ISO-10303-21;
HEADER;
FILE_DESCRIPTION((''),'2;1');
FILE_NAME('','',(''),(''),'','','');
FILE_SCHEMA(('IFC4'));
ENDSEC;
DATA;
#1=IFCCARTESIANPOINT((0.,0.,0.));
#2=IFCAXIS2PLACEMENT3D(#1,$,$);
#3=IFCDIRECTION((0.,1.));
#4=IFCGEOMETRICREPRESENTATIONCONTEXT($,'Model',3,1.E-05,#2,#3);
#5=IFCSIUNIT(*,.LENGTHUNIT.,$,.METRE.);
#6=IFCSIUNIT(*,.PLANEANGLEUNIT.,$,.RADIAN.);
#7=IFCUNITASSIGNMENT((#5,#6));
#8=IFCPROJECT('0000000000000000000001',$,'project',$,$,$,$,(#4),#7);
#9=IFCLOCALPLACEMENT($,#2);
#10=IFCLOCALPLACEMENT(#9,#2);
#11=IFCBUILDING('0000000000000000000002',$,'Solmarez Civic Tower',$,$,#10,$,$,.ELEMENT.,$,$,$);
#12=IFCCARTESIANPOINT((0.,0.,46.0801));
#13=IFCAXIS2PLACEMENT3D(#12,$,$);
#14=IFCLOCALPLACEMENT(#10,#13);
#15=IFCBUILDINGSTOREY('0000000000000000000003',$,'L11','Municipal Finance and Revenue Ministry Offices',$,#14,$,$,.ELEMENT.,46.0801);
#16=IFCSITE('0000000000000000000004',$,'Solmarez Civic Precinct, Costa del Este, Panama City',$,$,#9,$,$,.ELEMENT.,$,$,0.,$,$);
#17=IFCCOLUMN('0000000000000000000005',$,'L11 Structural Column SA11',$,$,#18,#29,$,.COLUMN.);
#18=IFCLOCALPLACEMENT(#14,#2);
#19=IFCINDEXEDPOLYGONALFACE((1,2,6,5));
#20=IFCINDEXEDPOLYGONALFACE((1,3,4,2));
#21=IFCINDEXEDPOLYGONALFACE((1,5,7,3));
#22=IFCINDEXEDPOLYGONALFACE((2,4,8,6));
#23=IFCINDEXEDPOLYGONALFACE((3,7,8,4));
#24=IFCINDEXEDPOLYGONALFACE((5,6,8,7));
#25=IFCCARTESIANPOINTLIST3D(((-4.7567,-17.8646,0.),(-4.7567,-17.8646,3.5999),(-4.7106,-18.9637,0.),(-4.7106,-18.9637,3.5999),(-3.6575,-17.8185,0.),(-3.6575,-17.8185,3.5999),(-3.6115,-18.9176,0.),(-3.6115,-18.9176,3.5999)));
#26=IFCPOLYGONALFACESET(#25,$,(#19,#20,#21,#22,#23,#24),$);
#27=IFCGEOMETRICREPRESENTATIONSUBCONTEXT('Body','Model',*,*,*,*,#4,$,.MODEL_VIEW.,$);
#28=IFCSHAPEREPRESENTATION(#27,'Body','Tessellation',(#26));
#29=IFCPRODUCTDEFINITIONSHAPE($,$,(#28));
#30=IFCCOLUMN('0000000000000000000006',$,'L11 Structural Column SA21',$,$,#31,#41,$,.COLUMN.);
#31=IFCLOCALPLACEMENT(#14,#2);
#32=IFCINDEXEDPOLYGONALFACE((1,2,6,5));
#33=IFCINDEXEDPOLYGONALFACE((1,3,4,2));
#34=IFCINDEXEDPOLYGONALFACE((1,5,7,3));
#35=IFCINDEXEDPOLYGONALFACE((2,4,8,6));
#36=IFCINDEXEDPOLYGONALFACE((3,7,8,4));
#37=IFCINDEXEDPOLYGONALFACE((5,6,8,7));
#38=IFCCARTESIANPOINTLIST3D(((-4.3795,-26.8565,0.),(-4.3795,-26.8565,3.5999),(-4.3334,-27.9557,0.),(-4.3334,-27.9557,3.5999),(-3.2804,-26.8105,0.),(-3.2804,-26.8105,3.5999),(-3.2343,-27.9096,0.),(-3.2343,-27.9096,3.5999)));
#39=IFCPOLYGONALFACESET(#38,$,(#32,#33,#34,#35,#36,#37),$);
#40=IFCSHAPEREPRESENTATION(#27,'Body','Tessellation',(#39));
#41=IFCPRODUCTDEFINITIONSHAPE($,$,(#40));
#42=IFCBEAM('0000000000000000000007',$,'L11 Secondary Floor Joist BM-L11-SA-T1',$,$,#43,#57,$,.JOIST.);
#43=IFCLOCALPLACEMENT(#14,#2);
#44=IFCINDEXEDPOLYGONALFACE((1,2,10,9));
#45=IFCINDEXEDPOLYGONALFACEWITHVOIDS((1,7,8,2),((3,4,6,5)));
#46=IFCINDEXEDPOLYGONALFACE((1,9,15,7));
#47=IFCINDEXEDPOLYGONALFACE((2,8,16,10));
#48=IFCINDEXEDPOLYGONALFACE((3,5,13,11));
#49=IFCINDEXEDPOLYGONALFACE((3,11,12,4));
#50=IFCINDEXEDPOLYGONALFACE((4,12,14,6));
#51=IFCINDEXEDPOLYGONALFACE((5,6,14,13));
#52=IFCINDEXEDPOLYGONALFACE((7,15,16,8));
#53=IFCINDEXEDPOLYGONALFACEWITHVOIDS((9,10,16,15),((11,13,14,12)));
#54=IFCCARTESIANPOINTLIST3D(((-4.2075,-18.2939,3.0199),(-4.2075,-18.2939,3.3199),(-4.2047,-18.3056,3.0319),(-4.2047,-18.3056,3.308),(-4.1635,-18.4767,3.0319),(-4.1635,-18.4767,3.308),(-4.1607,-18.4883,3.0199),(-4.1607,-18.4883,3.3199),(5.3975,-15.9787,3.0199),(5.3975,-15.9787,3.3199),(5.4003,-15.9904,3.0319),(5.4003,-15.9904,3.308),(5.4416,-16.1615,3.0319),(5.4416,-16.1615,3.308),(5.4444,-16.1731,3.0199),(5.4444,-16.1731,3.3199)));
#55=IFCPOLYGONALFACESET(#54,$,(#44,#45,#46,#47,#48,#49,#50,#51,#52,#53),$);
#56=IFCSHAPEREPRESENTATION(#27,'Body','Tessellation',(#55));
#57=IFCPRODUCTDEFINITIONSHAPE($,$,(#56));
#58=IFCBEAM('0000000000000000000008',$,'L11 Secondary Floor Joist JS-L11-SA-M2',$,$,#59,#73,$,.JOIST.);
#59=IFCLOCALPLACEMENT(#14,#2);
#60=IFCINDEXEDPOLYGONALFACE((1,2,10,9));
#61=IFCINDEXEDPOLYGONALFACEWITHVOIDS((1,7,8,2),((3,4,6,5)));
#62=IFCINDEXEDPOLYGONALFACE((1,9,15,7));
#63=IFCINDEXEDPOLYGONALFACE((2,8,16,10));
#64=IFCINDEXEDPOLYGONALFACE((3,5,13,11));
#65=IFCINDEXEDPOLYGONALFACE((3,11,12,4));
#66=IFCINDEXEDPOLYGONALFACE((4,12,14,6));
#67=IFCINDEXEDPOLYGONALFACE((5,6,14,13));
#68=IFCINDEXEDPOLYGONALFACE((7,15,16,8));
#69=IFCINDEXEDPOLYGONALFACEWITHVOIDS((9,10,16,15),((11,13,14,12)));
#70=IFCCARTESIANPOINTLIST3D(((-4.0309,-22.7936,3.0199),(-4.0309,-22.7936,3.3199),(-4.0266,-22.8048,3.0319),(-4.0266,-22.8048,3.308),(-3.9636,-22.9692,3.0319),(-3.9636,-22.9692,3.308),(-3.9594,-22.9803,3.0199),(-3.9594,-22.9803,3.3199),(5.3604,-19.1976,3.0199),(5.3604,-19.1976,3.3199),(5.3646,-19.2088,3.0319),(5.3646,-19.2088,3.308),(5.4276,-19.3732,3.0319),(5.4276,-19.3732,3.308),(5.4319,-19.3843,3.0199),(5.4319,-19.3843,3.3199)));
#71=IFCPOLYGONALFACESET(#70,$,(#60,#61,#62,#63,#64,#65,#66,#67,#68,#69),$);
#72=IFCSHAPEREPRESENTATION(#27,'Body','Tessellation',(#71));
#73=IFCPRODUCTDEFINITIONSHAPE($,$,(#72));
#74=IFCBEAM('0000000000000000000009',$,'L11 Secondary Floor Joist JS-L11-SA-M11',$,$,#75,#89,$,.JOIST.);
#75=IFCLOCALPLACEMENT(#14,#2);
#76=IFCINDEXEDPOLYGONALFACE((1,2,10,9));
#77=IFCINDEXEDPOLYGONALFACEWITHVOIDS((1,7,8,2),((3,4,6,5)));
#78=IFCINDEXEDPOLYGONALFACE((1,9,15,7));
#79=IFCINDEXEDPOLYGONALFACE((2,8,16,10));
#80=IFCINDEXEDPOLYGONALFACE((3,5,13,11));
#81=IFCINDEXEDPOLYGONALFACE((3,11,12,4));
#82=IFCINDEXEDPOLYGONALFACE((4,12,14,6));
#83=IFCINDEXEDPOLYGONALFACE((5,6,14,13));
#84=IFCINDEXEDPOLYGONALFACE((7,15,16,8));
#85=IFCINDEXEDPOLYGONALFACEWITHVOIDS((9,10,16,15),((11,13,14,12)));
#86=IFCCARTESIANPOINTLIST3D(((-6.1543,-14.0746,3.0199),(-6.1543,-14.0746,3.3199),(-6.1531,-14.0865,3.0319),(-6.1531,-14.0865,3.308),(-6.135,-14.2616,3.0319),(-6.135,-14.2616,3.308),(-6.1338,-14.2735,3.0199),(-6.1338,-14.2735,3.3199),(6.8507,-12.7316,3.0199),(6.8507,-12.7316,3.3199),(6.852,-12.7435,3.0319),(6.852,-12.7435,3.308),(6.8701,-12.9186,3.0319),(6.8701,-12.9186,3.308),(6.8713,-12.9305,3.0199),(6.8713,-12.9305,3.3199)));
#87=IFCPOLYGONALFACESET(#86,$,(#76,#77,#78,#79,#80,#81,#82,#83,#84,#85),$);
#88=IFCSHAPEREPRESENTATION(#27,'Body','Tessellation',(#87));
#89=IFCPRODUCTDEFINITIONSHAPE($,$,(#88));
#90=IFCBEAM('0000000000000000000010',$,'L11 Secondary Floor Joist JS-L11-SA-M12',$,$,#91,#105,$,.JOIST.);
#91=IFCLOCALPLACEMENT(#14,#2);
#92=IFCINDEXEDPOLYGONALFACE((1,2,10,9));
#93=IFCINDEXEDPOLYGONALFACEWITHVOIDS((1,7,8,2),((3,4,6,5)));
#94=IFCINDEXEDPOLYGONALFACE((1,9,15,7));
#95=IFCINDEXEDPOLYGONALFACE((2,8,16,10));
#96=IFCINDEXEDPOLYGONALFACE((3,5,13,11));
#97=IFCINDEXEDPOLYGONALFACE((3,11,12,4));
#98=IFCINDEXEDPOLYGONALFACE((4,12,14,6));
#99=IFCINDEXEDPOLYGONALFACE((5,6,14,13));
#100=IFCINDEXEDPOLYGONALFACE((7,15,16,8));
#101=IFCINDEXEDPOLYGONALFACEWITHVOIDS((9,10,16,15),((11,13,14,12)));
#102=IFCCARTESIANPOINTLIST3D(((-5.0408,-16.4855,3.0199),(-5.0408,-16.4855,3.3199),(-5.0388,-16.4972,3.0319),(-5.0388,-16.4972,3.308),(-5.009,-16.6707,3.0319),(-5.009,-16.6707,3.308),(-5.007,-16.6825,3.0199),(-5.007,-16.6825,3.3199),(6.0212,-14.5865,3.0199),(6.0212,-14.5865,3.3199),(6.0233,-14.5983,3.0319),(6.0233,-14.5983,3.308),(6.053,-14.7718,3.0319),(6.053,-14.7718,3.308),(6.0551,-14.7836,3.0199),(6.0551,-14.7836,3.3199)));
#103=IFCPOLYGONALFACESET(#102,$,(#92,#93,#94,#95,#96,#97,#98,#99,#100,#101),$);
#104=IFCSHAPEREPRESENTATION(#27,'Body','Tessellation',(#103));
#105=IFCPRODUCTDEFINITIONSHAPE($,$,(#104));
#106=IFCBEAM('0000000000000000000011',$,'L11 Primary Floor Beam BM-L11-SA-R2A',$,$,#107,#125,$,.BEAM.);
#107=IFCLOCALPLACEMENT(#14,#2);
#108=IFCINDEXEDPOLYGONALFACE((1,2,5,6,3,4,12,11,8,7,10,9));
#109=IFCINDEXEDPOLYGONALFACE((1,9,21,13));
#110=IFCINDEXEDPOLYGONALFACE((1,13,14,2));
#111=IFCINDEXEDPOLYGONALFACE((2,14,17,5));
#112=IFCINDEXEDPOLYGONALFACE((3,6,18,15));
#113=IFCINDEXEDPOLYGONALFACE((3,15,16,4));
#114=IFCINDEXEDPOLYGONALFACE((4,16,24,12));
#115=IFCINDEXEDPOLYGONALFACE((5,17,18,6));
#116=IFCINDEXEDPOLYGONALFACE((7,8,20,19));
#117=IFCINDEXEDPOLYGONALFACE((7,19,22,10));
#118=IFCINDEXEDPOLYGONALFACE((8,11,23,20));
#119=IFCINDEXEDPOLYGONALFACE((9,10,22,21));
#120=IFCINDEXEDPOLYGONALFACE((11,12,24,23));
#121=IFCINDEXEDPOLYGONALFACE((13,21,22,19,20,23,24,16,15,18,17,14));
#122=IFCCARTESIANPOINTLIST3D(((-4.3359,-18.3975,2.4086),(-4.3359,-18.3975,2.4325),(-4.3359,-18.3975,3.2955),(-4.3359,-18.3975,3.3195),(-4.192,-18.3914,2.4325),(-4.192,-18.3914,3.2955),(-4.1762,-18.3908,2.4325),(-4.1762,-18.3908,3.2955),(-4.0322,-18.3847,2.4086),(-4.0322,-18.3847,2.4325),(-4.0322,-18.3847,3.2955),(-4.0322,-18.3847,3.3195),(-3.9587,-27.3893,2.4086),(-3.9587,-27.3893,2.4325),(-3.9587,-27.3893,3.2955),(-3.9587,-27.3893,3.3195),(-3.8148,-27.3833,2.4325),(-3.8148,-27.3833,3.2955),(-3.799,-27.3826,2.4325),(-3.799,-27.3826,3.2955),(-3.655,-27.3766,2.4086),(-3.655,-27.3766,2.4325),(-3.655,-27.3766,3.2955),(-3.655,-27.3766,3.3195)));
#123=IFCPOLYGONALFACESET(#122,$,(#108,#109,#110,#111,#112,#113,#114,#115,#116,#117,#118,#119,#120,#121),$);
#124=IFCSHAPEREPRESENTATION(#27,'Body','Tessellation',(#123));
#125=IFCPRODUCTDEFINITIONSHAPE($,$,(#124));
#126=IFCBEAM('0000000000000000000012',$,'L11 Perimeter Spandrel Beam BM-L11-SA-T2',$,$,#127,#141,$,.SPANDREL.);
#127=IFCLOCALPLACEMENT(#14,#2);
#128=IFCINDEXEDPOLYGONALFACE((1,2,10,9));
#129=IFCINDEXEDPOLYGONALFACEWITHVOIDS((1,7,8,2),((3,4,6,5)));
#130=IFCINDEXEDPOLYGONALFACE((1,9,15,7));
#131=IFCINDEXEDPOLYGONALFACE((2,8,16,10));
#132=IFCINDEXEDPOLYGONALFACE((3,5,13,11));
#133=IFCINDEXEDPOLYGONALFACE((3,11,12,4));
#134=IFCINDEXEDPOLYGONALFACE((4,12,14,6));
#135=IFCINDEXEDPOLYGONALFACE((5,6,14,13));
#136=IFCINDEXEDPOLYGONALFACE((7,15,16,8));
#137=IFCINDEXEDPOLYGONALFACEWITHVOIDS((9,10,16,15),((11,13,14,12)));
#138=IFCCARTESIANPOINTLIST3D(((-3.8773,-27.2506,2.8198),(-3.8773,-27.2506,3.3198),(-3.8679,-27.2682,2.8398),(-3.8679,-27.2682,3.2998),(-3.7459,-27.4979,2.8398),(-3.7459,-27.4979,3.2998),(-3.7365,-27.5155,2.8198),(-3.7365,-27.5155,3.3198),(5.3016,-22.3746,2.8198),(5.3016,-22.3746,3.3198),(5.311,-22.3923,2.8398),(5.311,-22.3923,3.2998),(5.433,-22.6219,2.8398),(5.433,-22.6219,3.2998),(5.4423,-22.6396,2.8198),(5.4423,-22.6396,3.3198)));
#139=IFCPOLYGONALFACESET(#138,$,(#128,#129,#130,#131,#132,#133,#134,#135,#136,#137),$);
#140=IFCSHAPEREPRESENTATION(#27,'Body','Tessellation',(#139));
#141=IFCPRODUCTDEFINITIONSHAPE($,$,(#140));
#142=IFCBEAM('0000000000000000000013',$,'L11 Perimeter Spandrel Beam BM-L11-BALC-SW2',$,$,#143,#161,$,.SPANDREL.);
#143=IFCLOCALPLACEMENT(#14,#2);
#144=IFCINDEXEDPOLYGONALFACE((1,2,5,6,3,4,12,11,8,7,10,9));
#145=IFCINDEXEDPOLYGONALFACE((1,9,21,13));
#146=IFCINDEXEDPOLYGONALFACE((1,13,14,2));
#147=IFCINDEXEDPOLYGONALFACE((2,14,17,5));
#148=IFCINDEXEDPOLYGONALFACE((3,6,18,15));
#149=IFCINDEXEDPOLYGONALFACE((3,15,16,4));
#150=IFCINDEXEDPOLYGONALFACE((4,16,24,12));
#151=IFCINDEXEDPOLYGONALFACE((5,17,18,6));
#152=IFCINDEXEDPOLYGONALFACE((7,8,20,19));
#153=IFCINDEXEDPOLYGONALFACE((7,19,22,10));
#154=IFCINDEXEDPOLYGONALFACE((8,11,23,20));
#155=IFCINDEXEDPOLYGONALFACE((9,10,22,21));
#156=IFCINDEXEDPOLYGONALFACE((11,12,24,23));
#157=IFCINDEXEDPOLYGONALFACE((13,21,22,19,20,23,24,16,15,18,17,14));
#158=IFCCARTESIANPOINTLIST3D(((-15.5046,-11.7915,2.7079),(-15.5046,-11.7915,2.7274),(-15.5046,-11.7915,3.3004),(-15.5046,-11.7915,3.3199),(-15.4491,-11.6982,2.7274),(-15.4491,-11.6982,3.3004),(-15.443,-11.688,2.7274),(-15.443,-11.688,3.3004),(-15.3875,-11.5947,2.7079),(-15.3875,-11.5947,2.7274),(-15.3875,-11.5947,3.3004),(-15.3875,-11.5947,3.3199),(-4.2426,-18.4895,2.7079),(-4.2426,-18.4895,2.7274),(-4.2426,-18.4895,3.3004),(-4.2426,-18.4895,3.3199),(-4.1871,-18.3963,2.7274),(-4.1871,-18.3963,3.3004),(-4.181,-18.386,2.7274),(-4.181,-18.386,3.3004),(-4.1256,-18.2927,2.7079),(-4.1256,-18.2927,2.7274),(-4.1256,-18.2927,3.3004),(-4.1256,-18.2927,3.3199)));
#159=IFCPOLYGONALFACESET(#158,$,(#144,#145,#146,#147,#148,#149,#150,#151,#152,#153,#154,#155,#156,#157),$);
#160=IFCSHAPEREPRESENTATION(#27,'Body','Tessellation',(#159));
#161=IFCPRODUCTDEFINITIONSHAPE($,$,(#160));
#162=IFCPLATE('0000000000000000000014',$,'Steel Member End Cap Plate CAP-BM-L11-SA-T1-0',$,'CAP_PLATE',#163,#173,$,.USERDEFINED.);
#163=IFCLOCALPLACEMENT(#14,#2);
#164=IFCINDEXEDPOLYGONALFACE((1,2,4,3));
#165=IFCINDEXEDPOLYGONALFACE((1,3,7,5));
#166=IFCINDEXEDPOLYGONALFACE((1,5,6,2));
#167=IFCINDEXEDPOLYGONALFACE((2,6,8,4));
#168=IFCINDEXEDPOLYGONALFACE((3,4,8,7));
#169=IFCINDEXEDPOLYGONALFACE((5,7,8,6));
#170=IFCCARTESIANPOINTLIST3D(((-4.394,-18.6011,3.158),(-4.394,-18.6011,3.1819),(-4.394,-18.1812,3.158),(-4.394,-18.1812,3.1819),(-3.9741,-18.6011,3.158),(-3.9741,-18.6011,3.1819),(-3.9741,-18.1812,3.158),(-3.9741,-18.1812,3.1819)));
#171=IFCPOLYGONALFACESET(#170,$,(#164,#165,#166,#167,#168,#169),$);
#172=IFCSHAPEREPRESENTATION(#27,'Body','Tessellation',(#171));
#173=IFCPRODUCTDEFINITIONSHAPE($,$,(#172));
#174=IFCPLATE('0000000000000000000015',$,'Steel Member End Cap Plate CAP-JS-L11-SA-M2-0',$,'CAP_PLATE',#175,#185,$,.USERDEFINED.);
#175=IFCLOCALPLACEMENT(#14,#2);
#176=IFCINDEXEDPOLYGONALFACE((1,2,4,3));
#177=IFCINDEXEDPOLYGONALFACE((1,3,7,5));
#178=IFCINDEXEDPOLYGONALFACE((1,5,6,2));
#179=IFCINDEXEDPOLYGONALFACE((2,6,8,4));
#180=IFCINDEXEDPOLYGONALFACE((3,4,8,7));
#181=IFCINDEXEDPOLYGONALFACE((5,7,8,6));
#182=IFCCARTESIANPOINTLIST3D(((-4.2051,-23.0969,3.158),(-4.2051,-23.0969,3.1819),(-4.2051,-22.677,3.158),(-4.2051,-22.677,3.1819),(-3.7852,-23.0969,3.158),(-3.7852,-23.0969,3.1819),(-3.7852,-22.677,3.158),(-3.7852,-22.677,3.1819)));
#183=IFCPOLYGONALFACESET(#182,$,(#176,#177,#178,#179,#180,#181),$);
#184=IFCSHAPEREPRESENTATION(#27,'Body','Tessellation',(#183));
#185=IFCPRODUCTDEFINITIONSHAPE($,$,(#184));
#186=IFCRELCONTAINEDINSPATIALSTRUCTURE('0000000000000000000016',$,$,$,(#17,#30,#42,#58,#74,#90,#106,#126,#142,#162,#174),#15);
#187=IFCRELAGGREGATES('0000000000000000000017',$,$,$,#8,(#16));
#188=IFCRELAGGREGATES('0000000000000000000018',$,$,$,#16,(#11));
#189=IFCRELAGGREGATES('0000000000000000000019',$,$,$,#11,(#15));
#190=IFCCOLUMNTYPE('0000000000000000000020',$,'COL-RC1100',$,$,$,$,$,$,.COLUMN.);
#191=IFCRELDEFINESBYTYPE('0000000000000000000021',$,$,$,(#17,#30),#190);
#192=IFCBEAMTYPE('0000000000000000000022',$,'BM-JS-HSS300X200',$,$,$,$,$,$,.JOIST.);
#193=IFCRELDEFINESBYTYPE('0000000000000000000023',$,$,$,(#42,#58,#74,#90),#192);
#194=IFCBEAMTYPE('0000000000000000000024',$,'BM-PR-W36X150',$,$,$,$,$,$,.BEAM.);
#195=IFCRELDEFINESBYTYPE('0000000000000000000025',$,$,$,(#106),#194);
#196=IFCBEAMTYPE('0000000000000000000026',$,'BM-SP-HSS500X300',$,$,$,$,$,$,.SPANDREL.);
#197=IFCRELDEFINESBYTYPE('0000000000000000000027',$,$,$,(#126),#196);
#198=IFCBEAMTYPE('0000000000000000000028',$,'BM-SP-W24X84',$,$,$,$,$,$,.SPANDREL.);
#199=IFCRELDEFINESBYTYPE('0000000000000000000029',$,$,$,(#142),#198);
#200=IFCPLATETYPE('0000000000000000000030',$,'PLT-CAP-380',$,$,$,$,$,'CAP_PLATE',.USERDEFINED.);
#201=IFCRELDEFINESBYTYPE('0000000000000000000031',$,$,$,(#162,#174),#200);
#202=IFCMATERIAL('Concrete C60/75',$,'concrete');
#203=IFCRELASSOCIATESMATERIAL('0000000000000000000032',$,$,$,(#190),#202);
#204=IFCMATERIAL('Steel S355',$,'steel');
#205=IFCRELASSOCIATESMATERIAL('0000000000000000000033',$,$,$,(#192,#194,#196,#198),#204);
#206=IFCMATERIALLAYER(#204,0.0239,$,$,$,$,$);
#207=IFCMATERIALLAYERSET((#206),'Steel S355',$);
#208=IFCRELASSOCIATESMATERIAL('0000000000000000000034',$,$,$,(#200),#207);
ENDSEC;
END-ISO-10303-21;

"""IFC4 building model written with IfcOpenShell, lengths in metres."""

from ifc_helpers import new_model, si_unit, direction, frame, origin, origin_2d, place, context, subcontext, project, spatial, rectangle, hollow_rectangle, i_section, extrude, material, layer, layer_set, material_profile, profile_set, type_object, element, save


model = new_model("IFC4")

# Units and contexts
model_context = context("Model", 3, precision=1e-05, world=origin(), true_north=direction((0.0, 1.0)))
body_context = subcontext(model_context, "Body", "Model", "MODEL_VIEW")
ifc_project = project(units=[si_unit("LENGTHUNIT", "METRE"), si_unit("PLANEANGLEUNIT", "RADIAN")], contexts=[model_context])

# Site, building, storey
site_placement = place(None, origin())
site = spatial("IfcSite", under=ifc_project, at=site_placement, Name="Solmarez Civic Precinct, Costa del Este, Panama City", CompositionType="ELEMENT", RefElevation=0.0)
building_placement = place(site_placement, origin())
building = spatial("IfcBuilding", under=site, at=building_placement, Name="Solmarez Civic Tower", CompositionType="ELEMENT")
storey_placement = place(building_placement, frame((0.0, 0.0, 46.0801)))
storey = spatial("IfcBuildingStorey", under=building, at=storey_placement, Name="L11", Description="Municipal Finance and Revenue Ministry Offices", CompositionType="ELEMENT", Elevation=46.0801)

# Columns
ifc_material_1 = material(Name="Concrete C60/75", Category="concrete")
ifc_material_profile_1 = material_profile(ifc_material_1, rectangle(XDim=1.1001, YDim=1.1001, at=origin_2d()), Name="RC1100X1100")
ifc_profile_set_1 = profile_set([ifc_material_profile_1], Name="Concrete C60/75")
column_type = type_object("IfcColumnType", Name="COL-RC1100", PredefinedType="COLUMN", material=ifc_profile_set_1)
for number, where, z_axis, x_axis, name in (
    (1, (-4.1841, -18.3911, 0.0), (0.0, 0.0, 1.0), (0.999123, 0.041876, 0.0), "L11 Structural Column SA11"),
    (2, (-3.8069, -27.3831, 0.0), (0.0, 0.0, 1.0), (0.999123, 0.041876, 0.0), "L11 Structural Column SA21"),
):
    element("IfcColumn", number, at=place(storey_placement, frame(where, z_axis=z_axis, x_axis=x_axis)), inside=storey, type_object=column_type, Name=name, PredefinedType="COLUMN", context=body_context, shape_type="SweptSolid", body=[
        extrude(rectangle(XDim=1.1001, YDim=1.1001, at=origin_2d()), origin(), (0.0, 0.0, 1.0), 3.5999),
    ])

# Beams
ifc_material_2 = material(Name="Steel S355", Category="steel")
ifc_material_profile_2 = material_profile(ifc_material_2, hollow_rectangle(XDim=0.2, YDim=0.3, WallThickness=0.012, at=origin_2d()), Name="HSS300X200X12")
ifc_profile_set_2 = profile_set([ifc_material_profile_2], Name="Steel S355")
beam_type_1 = type_object("IfcBeamType", Name="BM-JS-HSS300X200", PredefinedType="JOIST", material=ifc_profile_set_2)
beam_1_placement = place(storey_placement, frame((-4.1841, -18.3911, 3.1699), z_axis=(0.972157, 0.234329, 0.0), x_axis=(-0.234329, 0.972157, 0.0)))
element("IfcBeam", 3, at=beam_1_placement, inside=storey, type_object=beam_type_1, Name="L11 Secondary Floor Joist BM-L11-SA-T1", PredefinedType="JOIST", context=body_context, shape_type="SweptSolid", body=[
    extrude(hollow_rectangle(XDim=0.2, YDim=0.3, WallThickness=0.012, at=origin_2d()), origin(), (0.0, 0.0, 1.0), 9.8801),
])
beam_2_placement = place(storey_placement, frame((-3.9951, -22.887, 3.1699), z_axis=(0.933878, 0.357591, 0.0), x_axis=(-0.357591, 0.933878, 0.0)))
element("IfcBeam", 4, at=beam_2_placement, inside=storey, type_object=beam_type_1, Name="L11 Secondary Floor Joist JS-L11-SA-M2", PredefinedType="JOIST", context=body_context, shape_type="SweptSolid", body=[
    extrude(hollow_rectangle(XDim=0.2, YDim=0.3, WallThickness=0.012, at=origin_2d()), origin(), (0.0, 0.0, 1.0), 10.0562),
])
beam_3_placement = place(storey_placement, frame((-6.144, -14.1741, 3.1699), z_axis=(0.99471, 0.102722, 0.0), x_axis=(-0.102722, 0.99471, 0.0)))
element("IfcBeam", 5, at=beam_3_placement, inside=storey, type_object=beam_type_1, Name="L11 Secondary Floor Joist JS-L11-SA-M11", PredefinedType="JOIST", context=body_context, shape_type="SweptSolid", body=[
    extrude(hollow_rectangle(XDim=0.2, YDim=0.3, WallThickness=0.012, at=origin_2d()), origin(), (0.0, 0.0, 1.0), 13.0742),
])
beam_4_placement = place(storey_placement, frame((-5.0239, -16.584, 3.1699), z_axis=(0.985584, 0.169187, 0.0), x_axis=(-0.169187, 0.985584, 0.0)))
element("IfcBeam", 6, at=beam_4_placement, inside=storey, type_object=beam_type_1, Name="L11 Secondary Floor Joist JS-L11-SA-M12", PredefinedType="JOIST", context=body_context, shape_type="SweptSolid", body=[
    extrude(hollow_rectangle(XDim=0.2, YDim=0.3, WallThickness=0.012, at=origin_2d()), origin(), (0.0, 0.0, 1.0), 11.2239),
])
ifc_material_profile_3 = material_profile(ifc_material_2, i_section(OverallWidth=0.304, OverallDepth=0.9109, WebThickness=0.0159, FlangeThickness=0.0239, at=origin_2d()), Name="W36X150")
ifc_profile_set_3 = profile_set([ifc_material_profile_3], Name="Steel S355")
beam_type_2 = type_object("IfcBeamType", Name="BM-PR-W36X150", PredefinedType="BEAM", material=ifc_profile_set_3)
beam_5_placement = place(storey_placement, frame((-4.1841, -18.3911, 2.864), z_axis=(0.041911, -0.999121, 0.0), x_axis=(0.999121, 0.041911, 0.0)))
element("IfcBeam", 7, at=beam_5_placement, inside=storey, type_object=beam_type_2, Name="L11 Primary Floor Beam BM-L11-SA-R2A", PredefinedType="BEAM", context=body_context, shape_type="SweptSolid", body=[
    extrude(i_section(OverallWidth=0.304, OverallDepth=0.9109, WebThickness=0.0159, FlangeThickness=0.0239, at=origin_2d()), origin(), (0.0, 0.0, 1.0), 8.9998),
])
ifc_material_profile_4 = material_profile(ifc_material_2, hollow_rectangle(XDim=0.3, YDim=0.5, WallThickness=0.02, at=origin_2d()), Name="HSS500X300X20")
ifc_profile_set_4 = profile_set([ifc_material_profile_4], Name="Steel S355")
beam_type_3 = type_object("IfcBeamType", Name="BM-SP-HSS500X300", PredefinedType="SPANDREL", material=ifc_profile_set_4)
beam_6_placement = place(storey_placement, frame((-3.8069, -27.3831, 3.0698), z_axis=(0.883129, 0.469129, 0.0), x_axis=(-0.469129, 0.883129, 0.0)))
element("IfcBeam", 8, at=beam_6_placement, inside=storey, type_object=beam_type_3, Name="L11 Perimeter Spandrel Beam BM-L11-SA-T2", PredefinedType="SPANDREL", context=body_context, shape_type="SweptSolid", body=[
    extrude(hollow_rectangle(XDim=0.3, YDim=0.5, WallThickness=0.02, at=origin_2d()), origin(), (0.0, 0.0, 1.0), 10.3936),
])
ifc_material_profile_5 = material_profile(ifc_material_2, i_section(OverallWidth=0.229, OverallDepth=0.6121, WebThickness=0.012, FlangeThickness=0.0195, at=origin_2d()), Name="W24X84")
ifc_profile_set_5 = profile_set([ifc_material_profile_5], Name="Steel S355")
beam_type_4 = type_object("IfcBeamType", Name="BM-SP-W24X84", PredefinedType="SPANDREL", material=ifc_profile_set_5)
beam_7_placement = place(storey_placement, frame((-4.1841, -18.3911, 3.0139), z_axis=(-0.859479, 0.511171, 0.0), x_axis=(-0.511171, -0.859479, 0.0)))
element("IfcBeam", 9, at=beam_7_placement, inside=storey, type_object=beam_type_4, Name="L11 Perimeter Spandrel Beam BM-L11-BALC-SW2", PredefinedType="SPANDREL", context=body_context, shape_type="SweptSolid", body=[
    extrude(i_section(OverallWidth=0.229, OverallDepth=0.6121, WebThickness=0.012, FlangeThickness=0.0195, at=origin_2d()), origin(), (0.0, 0.0, 1.0), 13.1033),
])

# Plates
ifc_layer_1 = layer(ifc_material_2, 0.0239)
ifc_layer_set_1 = layer_set([ifc_layer_1], Name="Steel S355")
plate_type_1 = type_object("IfcPlateType", Name="PLT-CAP-380", ElementType="CAP_PLATE", PredefinedType="USERDEFINED", material=ifc_layer_set_1)
for number, where, z_axis, x_axis, name in (
    (10, (-4.1841, -18.3911, 3.158), (0.0, 0.0, 1.0), (1.0, 0.0, 0.0), "Steel Member End Cap Plate CAP-BM-L11-SA-T1-0"),
    (11, (-3.9951, -22.887, 3.158), (0.0, 0.0, 1.0), (1.0, 0.0, 0.0), "Steel Member End Cap Plate CAP-JS-L11-SA-M2-0"),
):
    element("IfcPlate", number, at=place(storey_placement, frame(where, z_axis=z_axis, x_axis=x_axis)), inside=storey, type_object=plate_type_1, Name=name, ObjectType="CAP_PLATE", PredefinedType="USERDEFINED", context=body_context, shape_type="SweptSolid", body=[
        extrude(rectangle(XDim=0.4199, YDim=0.4199, at=origin_2d()), origin(), (0.0, 0.0, 1.0), 0.0239),
    ])

save(model, "model.ifc")
